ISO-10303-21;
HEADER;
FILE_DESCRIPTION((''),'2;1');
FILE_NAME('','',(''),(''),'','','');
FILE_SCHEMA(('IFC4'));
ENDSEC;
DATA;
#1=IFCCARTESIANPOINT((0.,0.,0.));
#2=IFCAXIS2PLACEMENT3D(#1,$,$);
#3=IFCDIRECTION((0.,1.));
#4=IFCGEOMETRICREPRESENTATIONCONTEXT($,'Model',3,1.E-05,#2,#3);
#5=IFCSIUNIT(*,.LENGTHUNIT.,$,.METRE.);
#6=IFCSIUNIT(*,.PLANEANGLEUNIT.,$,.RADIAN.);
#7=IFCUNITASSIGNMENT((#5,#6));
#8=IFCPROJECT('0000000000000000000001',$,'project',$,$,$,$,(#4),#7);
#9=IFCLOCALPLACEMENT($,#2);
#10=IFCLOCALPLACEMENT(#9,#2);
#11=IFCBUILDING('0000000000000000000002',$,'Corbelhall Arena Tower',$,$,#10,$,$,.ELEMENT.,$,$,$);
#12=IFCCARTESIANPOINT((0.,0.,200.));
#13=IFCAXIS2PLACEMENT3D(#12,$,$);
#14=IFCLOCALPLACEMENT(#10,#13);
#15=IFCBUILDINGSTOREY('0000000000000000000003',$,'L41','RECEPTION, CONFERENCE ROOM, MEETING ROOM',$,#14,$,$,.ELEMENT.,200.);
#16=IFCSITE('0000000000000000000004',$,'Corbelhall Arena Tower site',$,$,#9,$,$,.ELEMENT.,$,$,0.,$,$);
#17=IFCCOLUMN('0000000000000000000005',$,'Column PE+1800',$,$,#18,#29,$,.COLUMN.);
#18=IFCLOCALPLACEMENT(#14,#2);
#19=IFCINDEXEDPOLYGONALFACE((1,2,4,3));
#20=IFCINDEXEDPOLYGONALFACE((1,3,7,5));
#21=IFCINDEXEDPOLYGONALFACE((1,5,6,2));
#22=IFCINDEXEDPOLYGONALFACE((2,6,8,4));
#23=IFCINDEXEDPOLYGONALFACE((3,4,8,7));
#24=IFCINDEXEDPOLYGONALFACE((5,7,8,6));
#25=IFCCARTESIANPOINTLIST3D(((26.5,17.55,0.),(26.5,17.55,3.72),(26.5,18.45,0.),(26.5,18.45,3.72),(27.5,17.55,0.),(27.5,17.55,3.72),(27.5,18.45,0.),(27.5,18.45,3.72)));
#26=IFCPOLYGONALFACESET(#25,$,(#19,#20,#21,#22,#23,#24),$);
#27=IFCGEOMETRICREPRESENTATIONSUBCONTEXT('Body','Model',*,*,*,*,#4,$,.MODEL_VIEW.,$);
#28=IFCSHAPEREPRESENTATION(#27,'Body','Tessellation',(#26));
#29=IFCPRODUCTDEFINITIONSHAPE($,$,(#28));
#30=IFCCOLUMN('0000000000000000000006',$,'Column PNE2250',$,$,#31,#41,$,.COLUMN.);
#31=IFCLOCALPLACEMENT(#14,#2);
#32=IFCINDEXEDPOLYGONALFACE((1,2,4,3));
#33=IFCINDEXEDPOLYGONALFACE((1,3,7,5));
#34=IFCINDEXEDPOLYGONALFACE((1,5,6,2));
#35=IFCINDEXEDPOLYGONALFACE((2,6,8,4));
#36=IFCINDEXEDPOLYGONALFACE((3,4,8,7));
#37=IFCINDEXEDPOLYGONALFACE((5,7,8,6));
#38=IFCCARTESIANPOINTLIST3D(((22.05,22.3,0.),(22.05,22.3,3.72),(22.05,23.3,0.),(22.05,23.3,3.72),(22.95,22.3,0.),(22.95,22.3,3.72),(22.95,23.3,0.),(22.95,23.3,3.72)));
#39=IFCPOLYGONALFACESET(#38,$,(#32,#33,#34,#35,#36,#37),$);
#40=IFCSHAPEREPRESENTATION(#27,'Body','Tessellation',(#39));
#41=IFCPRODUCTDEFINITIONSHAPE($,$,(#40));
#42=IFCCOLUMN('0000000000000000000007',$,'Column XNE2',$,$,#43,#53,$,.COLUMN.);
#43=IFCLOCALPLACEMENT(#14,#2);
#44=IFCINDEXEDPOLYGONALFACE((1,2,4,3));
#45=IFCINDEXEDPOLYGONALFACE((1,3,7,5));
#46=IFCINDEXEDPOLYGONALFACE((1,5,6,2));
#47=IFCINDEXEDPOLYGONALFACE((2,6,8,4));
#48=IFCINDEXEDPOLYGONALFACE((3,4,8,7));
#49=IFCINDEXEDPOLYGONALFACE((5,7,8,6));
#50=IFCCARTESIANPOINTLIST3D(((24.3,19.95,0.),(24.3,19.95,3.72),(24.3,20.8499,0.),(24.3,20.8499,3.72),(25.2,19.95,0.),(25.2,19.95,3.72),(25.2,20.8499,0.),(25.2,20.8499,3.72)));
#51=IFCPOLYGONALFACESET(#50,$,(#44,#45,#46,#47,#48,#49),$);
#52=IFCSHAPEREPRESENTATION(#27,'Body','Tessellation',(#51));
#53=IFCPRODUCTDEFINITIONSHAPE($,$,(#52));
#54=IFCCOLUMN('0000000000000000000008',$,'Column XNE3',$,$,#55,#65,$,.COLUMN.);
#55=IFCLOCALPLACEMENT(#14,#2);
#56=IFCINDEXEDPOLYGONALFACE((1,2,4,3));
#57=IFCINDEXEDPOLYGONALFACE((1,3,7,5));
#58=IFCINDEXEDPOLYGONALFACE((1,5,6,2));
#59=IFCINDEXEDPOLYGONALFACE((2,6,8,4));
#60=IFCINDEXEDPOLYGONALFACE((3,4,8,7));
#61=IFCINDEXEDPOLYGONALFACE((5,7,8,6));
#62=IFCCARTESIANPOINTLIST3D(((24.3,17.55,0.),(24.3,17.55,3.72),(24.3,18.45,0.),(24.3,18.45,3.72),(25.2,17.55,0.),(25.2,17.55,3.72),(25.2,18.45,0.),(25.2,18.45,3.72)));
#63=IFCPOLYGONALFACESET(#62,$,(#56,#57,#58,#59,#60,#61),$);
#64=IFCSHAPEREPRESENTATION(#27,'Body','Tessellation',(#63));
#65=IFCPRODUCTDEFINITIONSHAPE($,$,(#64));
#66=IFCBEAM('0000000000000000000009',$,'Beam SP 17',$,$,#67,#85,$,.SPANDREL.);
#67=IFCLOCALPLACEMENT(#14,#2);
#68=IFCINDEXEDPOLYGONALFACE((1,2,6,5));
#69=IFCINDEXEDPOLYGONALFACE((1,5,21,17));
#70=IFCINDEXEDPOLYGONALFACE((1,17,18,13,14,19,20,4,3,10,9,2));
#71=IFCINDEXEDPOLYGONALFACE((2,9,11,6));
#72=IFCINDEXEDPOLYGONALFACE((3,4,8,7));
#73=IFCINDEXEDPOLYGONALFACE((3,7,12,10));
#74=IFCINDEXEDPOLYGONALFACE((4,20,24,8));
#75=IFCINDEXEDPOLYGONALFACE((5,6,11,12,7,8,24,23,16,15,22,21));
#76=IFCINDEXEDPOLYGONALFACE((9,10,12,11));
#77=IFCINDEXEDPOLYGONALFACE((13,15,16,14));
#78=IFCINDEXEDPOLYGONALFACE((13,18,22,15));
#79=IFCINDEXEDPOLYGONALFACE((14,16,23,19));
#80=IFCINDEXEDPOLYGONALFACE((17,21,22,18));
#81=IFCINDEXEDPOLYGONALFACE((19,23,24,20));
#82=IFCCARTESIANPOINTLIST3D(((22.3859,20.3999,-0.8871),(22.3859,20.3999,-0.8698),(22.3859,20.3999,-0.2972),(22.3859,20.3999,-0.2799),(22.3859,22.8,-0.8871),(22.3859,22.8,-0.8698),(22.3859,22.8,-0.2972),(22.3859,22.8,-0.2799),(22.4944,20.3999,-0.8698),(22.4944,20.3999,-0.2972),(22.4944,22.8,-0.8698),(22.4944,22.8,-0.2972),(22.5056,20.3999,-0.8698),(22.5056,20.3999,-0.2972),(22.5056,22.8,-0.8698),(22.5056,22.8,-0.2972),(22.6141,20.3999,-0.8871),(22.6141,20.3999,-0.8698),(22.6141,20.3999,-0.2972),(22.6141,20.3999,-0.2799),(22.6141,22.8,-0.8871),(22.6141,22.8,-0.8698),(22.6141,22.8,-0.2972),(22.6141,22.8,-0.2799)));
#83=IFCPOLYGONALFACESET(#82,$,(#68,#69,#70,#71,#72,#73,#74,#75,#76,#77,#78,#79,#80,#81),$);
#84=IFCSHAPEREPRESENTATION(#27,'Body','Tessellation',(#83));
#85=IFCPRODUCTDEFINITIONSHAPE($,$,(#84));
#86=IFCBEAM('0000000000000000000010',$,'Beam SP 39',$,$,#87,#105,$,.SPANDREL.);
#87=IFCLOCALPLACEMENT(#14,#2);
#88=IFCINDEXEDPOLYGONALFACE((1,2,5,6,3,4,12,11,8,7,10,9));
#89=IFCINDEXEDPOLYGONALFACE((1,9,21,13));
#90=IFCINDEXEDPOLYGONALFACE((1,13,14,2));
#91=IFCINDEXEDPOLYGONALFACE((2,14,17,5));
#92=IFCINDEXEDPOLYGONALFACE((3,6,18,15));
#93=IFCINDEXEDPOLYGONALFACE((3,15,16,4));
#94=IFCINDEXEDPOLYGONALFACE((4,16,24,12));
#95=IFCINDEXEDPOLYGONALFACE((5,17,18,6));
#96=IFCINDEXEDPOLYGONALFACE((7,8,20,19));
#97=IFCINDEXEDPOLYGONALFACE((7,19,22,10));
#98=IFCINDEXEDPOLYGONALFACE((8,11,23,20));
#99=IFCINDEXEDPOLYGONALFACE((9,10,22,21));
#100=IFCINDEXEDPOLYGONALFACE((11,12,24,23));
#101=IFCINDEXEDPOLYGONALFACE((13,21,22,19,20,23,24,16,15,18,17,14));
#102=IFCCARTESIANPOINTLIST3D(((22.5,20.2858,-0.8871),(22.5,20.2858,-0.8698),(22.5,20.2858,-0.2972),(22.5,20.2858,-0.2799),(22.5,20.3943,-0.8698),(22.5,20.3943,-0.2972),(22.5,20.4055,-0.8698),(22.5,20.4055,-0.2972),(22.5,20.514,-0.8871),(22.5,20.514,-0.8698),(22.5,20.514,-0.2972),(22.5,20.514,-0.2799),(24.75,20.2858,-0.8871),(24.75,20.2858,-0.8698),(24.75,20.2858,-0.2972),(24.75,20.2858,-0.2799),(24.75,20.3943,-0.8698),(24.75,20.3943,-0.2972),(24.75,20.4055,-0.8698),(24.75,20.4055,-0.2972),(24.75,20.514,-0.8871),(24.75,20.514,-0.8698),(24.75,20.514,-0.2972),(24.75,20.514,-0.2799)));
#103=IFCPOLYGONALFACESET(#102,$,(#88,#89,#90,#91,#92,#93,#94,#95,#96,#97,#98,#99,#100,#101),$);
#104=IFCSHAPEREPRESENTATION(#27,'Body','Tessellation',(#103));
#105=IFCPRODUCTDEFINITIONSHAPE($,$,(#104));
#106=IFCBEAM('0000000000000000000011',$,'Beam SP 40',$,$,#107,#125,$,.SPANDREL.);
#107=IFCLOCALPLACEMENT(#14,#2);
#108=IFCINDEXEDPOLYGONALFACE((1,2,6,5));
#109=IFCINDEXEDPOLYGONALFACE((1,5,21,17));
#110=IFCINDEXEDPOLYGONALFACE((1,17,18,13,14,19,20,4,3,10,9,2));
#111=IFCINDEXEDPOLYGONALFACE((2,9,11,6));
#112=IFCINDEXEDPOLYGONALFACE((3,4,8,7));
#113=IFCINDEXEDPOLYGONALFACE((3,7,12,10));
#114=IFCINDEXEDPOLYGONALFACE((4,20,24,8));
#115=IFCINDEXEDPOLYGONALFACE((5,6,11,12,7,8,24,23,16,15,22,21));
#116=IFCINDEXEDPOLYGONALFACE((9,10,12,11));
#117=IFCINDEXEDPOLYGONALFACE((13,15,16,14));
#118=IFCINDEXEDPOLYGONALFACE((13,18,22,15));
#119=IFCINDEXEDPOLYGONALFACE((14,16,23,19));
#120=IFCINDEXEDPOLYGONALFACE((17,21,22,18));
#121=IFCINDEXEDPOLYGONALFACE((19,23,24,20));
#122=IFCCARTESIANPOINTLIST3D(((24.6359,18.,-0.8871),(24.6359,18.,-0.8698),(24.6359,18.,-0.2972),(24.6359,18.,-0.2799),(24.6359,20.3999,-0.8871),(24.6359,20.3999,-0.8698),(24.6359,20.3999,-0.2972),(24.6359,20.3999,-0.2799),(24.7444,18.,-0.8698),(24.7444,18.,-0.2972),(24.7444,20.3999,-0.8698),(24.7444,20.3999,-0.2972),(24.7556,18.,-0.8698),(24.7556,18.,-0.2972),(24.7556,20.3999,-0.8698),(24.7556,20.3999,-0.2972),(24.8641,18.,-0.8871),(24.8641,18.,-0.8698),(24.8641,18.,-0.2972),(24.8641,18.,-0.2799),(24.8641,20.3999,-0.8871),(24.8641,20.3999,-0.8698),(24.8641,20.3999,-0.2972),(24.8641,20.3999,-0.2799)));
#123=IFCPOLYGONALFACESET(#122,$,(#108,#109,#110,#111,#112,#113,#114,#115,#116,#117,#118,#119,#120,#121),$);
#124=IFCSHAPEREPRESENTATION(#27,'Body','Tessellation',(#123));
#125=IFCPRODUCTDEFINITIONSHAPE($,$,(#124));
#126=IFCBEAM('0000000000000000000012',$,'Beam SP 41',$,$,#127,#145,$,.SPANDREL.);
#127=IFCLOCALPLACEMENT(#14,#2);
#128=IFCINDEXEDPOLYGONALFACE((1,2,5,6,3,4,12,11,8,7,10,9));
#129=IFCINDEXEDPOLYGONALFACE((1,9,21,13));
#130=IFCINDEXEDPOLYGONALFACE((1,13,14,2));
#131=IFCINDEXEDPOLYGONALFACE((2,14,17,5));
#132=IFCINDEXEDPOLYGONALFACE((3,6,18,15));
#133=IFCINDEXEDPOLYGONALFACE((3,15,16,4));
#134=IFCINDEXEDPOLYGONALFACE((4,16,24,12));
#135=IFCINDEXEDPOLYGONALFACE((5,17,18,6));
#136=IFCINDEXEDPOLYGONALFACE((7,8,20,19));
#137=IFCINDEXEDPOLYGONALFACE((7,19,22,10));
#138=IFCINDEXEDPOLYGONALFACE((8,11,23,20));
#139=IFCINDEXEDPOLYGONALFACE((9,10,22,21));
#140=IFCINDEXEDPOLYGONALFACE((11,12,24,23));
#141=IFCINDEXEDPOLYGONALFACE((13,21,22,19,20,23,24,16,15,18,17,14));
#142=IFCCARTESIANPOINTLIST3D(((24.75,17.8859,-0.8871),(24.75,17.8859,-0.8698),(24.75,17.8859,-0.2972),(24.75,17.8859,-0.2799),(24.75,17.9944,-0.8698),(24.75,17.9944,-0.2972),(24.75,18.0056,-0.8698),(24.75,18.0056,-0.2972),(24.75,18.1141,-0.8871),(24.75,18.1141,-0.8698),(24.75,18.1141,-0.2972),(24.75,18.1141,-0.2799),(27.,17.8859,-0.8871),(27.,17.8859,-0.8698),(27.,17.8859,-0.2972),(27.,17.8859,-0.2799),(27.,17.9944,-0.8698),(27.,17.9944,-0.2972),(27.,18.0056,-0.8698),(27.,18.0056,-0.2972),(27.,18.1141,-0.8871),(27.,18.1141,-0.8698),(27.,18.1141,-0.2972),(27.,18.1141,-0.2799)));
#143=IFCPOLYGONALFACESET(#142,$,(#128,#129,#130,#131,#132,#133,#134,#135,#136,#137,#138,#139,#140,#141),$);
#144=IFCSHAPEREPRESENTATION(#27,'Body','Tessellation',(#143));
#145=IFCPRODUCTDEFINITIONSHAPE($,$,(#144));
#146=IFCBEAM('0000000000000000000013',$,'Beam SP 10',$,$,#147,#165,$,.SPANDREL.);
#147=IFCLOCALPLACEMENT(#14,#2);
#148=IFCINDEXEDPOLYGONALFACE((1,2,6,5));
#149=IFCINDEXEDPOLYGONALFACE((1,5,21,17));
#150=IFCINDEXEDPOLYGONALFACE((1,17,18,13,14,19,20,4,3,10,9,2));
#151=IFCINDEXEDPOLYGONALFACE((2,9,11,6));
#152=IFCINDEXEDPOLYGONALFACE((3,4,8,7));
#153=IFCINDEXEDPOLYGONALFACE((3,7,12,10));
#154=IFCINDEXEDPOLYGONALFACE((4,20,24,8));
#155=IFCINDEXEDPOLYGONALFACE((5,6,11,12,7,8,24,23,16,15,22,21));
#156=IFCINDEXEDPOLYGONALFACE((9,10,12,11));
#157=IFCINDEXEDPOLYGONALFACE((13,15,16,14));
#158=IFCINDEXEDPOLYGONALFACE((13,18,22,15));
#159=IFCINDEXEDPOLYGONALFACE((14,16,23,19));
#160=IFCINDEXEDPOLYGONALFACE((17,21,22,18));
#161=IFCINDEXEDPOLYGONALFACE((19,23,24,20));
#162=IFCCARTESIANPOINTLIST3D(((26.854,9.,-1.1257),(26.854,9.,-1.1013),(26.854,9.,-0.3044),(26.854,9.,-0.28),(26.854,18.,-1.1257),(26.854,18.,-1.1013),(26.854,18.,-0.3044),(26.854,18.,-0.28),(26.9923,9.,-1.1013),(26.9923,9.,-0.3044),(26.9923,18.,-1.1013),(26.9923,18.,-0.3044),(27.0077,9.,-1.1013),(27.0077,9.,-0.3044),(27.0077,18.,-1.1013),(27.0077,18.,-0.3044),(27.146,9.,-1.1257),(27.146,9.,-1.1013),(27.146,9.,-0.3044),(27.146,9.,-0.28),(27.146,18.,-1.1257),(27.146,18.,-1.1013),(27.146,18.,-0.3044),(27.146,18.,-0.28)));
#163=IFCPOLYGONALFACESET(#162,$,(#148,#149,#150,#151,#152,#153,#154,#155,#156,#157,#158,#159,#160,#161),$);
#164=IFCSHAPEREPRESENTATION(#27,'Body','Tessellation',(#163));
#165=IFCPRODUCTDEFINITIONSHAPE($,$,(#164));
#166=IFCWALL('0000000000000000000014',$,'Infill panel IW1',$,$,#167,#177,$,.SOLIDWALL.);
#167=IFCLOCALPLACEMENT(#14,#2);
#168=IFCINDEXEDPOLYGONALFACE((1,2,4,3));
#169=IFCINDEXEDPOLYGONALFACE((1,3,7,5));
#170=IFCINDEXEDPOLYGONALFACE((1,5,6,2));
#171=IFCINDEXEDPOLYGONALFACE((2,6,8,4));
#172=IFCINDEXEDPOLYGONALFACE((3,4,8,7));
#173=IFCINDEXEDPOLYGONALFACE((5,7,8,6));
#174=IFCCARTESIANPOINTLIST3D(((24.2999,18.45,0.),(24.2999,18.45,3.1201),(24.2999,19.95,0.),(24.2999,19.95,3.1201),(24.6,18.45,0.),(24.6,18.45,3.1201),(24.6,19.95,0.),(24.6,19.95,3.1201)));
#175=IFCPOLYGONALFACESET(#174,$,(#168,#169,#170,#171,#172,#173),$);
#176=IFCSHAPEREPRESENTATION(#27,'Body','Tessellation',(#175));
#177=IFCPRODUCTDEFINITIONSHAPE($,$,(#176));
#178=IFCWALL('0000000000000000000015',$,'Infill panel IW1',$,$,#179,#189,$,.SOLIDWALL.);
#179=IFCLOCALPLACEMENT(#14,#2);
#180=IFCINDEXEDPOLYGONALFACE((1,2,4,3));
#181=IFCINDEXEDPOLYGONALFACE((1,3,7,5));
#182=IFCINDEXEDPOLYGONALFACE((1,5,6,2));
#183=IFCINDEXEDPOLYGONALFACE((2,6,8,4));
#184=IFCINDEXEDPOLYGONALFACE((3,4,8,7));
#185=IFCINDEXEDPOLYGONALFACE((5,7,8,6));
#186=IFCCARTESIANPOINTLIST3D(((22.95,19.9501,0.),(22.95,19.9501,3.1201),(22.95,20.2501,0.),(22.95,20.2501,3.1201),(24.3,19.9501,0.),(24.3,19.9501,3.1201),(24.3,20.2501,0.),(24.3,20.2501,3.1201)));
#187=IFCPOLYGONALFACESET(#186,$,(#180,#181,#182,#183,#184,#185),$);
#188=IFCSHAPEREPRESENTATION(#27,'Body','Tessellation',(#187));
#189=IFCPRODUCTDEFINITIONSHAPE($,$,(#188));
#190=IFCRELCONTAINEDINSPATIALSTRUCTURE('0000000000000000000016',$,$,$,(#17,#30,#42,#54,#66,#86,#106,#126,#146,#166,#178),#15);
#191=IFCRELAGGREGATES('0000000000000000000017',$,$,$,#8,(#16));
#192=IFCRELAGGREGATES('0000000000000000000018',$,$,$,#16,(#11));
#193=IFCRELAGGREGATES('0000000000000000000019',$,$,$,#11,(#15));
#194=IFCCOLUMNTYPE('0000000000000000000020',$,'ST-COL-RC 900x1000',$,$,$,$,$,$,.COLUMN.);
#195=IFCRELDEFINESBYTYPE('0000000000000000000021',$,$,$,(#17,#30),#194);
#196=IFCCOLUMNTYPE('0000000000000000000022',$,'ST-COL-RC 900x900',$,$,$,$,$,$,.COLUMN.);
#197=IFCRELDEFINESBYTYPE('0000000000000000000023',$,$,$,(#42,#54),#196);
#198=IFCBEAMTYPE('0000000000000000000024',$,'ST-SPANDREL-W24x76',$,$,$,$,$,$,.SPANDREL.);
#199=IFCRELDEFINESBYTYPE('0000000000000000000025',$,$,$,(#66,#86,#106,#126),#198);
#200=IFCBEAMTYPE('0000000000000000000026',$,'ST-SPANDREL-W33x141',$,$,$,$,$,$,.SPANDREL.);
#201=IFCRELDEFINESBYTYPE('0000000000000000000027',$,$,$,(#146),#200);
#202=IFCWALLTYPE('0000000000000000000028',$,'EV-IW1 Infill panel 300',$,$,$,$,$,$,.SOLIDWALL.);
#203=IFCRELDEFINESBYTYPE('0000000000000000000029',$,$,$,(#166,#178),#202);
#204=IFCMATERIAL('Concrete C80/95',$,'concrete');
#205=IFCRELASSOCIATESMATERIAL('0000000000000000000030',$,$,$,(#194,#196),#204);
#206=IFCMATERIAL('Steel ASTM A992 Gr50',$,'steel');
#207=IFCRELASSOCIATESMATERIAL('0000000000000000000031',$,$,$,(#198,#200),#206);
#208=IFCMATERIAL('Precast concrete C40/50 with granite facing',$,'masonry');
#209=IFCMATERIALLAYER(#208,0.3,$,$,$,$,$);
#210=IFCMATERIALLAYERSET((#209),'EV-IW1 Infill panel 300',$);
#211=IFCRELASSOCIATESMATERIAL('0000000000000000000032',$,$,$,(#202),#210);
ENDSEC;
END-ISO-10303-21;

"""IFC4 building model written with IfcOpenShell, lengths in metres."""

from ifc_helpers import new_model, si_unit, direction, frame, frame_2d, origin, origin_2d, place, context, subcontext, project, spatial, rectangle, i_section, extrude, material, layer, layer_set, material_profile, profile_set, type_object, element, save


model = new_model("IFC4")

# Units and contexts
model_context = context("Model", 3, precision=1e-05, world=origin(), true_north=direction((0.0, 1.0)))
body_context = subcontext(model_context, "Body", "Model", "MODEL_VIEW")
ifc_project = project(units=[si_unit("LENGTHUNIT", "METRE"), si_unit("PLANEANGLEUNIT", "RADIAN")], contexts=[model_context])

# Site, building, storey
site_placement = place(None, origin())
site = spatial("IfcSite", under=ifc_project, at=site_placement, Name="Corbelhall Arena Tower site", CompositionType="ELEMENT", RefElevation=0.0)
building_placement = place(site_placement, origin())
building = spatial("IfcBuilding", under=site, at=building_placement, Name="Corbelhall Arena Tower", CompositionType="ELEMENT")
storey_placement = place(building_placement, frame((0.0, 0.0, 200.0)))
storey = spatial("IfcBuildingStorey", under=building, at=storey_placement, Name="L41", Description="RECEPTION, CONFERENCE ROOM, MEETING ROOM", CompositionType="ELEMENT", Elevation=200.0)

# Columns
ifc_material_1 = material(Name="Concrete C80/95", Category="concrete")
ifc_material_profile_1 = material_profile(ifc_material_1, rectangle(XDim=0.8999, YDim=1.0, at=origin_2d()))
ifc_profile_set_1 = profile_set([ifc_material_profile_1], Name="Concrete C80/95")
column_type_1 = type_object("IfcColumnType", Name="ST-COL-RC 900x1000", PredefinedType="COLUMN", material=ifc_profile_set_1)
for number, where, z_axis, x_axis, name in (
    (1, (27.0, 18.0, 0.0), (0.0, 0.0, 1.0), (0.0, 1.0, 0.0), "Column PE+1800"),
    (2, (22.5, 22.8, 0.0), (0.0, 0.0, 1.0), (1.0, 0.0, 0.0), "Column PNE2250"),
):
    element("IfcColumn", number, at=place(storey_placement, frame(where, z_axis=z_axis, x_axis=x_axis)), inside=storey, type_object=column_type_1, Name=name, PredefinedType="COLUMN", context=body_context, shape_type="SweptSolid", body=[
        extrude(rectangle(XDim=0.8999, YDim=1.0, at=origin_2d()), origin(), (0.0, 0.0, 1.0), 3.72),
    ])
ifc_material_profile_2 = material_profile(ifc_material_1, rectangle(XDim=0.8999, YDim=0.8999, at=origin_2d()))
ifc_profile_set_2 = profile_set([ifc_material_profile_2], Name="Concrete C80/95")
column_type_2 = type_object("IfcColumnType", Name="ST-COL-RC 900x900", PredefinedType="COLUMN", material=ifc_profile_set_2)
for number, where, z_axis, x_axis, name in (
    (3, (24.75, 20.3999, 0.0), (0.0, 0.0, 1.0), (1.0, 0.0, 0.0), "Column XNE2"),
    (4, (24.75, 18.0, 0.0), (0.0, 0.0, 1.0), (1.0, 0.0, 0.0), "Column XNE3"),
):
    element("IfcColumn", number, at=place(storey_placement, frame(where, z_axis=z_axis, x_axis=x_axis)), inside=storey, type_object=column_type_2, Name=name, PredefinedType="COLUMN", context=body_context, shape_type="SweptSolid", body=[
        extrude(rectangle(XDim=0.8999, YDim=0.8999, at=origin_2d()), origin(), (0.0, 0.0, 1.0), 3.72),
    ])

# Beams
ifc_material_2 = material(Name="Steel ASTM A992 Gr50", Category="steel")
ifc_material_profile_3 = material_profile(ifc_material_2, i_section(OverallWidth=0.2283, OverallDepth=0.6072, WebThickness=0.0112, FlangeThickness=0.0173, at=origin_2d()))
ifc_profile_set_3 = profile_set([ifc_material_profile_3], Name="Steel ASTM A992 Gr50")
beam_type_1 = type_object("IfcBeamType", Name="ST-SPANDREL-W24x76", PredefinedType="SPANDREL", material=ifc_profile_set_3)
beam_1_placement = place(storey_placement, frame((22.5, 22.8, -0.5835), z_axis=(0.0, -1.0, 0.0), x_axis=(1.0, 0.0, 0.0)))
element("IfcBeam", 5, at=beam_1_placement, inside=storey, type_object=beam_type_1, Name="Beam SP 17", PredefinedType="SPANDREL", context=body_context, shape_type="SweptSolid", body=[
    extrude(i_section(OverallWidth=0.2283, OverallDepth=0.6072, WebThickness=0.0112, FlangeThickness=0.0173, at=origin_2d()), origin(), (0.0, 0.0, 1.0), 2.4001),
])
beam_2_placement = place(storey_placement, frame((22.5, 20.3999, -0.5835), z_axis=(1.0, 0.0, 0.0), x_axis=(0.0, 1.0, 0.0)))
element("IfcBeam", 6, at=beam_2_placement, inside=storey, type_object=beam_type_1, Name="Beam SP 39", PredefinedType="SPANDREL", context=body_context, shape_type="SweptSolid", body=[
    extrude(i_section(OverallWidth=0.2283, OverallDepth=0.6072, WebThickness=0.0112, FlangeThickness=0.0173, at=origin_2d()), origin(), (0.0, 0.0, 1.0), 2.25),
])
beam_3_placement = place(storey_placement, frame((24.75, 20.3999, -0.5835), z_axis=(0.0, -1.0, 0.0), x_axis=(1.0, 0.0, 0.0)))
element("IfcBeam", 7, at=beam_3_placement, inside=storey, type_object=beam_type_1, Name="Beam SP 40", PredefinedType="SPANDREL", context=body_context, shape_type="SweptSolid", body=[
    extrude(i_section(OverallWidth=0.2283, OverallDepth=0.6072, WebThickness=0.0112, FlangeThickness=0.0173, at=origin_2d()), origin(), (0.0, 0.0, 1.0), 2.3999),
])
beam_4_placement = place(storey_placement, frame((24.75, 18.0, -0.5835), z_axis=(1.0, 0.0, 0.0), x_axis=(0.0, 1.0, 0.0)))
element("IfcBeam", 8, at=beam_4_placement, inside=storey, type_object=beam_type_1, Name="Beam SP 41", PredefinedType="SPANDREL", context=body_context, shape_type="SweptSolid", body=[
    extrude(i_section(OverallWidth=0.2283, OverallDepth=0.6072, WebThickness=0.0112, FlangeThickness=0.0173, at=origin_2d()), origin(), (0.0, 0.0, 1.0), 2.25),
])
ifc_material_profile_4 = material_profile(ifc_material_2, i_section(OverallWidth=0.292, OverallDepth=0.8457, WebThickness=0.0154, FlangeThickness=0.0244, at=origin_2d()))
ifc_profile_set_4 = profile_set([ifc_material_profile_4], Name="Steel ASTM A992 Gr50")
beam_type_2 = type_object("IfcBeamType", Name="ST-SPANDREL-W33x141", PredefinedType="SPANDREL", material=ifc_profile_set_4)
beam_5_placement = place(storey_placement, frame((27.0, 18.0, -0.7029), z_axis=(0.0, -1.0, 0.0), x_axis=(1.0, 0.0, 0.0)))
element("IfcBeam", 9, at=beam_5_placement, inside=storey, type_object=beam_type_2, Name="Beam SP 10", PredefinedType="SPANDREL", context=body_context, shape_type="SweptSolid", body=[
    extrude(i_section(OverallWidth=0.292, OverallDepth=0.8457, WebThickness=0.0154, FlangeThickness=0.0244, at=origin_2d()), origin(), (0.0, 0.0, 1.0), 9.0),
])

# Walls
ifc_material_3 = material(Name="Precast concrete C40/50 with granite facing", Category="masonry")
ifc_layer_1 = layer(ifc_material_3, 0.3)
ifc_layer_set_1 = layer_set([ifc_layer_1], Name="EV-IW1 Infill panel 300")
wall_type_1 = type_object("IfcWallType", Name="EV-IW1 Infill panel 300", PredefinedType="SOLIDWALL", material=ifc_layer_set_1)
wall_1_placement = place(storey_placement, frame((24.45, 18.45, 0.0), z_axis=(0.0, 0.0, 1.0), x_axis=(0.0, 1.0, 0.0)))
element("IfcWall", 10, at=wall_1_placement, inside=storey, type_object=wall_type_1, Name="Infill panel IW1", PredefinedType="SOLIDWALL", context=body_context, shape_type="SweptSolid", body=[
    extrude(rectangle(XDim=1.5, YDim=0.3, at=frame_2d((0.75, 0.0))), origin(), (0.0, 0.0, 1.0), 3.1201),
])
wall_2_placement = place(storey_placement, frame((24.3, 20.1001, 0.0), z_axis=(0.0, 0.0, 1.0), x_axis=(-1.0, 0.0, 0.0)))
element("IfcWall", 11, at=wall_2_placement, inside=storey, type_object=wall_type_1, Name="Infill panel IW1", PredefinedType="SOLIDWALL", context=body_context, shape_type="SweptSolid", body=[
    extrude(rectangle(XDim=1.3501, YDim=0.3, at=frame_2d((0.675, 0.0))), origin(), (0.0, 0.0, 1.0), 3.1201),
])

save(model, "model.ifc")
